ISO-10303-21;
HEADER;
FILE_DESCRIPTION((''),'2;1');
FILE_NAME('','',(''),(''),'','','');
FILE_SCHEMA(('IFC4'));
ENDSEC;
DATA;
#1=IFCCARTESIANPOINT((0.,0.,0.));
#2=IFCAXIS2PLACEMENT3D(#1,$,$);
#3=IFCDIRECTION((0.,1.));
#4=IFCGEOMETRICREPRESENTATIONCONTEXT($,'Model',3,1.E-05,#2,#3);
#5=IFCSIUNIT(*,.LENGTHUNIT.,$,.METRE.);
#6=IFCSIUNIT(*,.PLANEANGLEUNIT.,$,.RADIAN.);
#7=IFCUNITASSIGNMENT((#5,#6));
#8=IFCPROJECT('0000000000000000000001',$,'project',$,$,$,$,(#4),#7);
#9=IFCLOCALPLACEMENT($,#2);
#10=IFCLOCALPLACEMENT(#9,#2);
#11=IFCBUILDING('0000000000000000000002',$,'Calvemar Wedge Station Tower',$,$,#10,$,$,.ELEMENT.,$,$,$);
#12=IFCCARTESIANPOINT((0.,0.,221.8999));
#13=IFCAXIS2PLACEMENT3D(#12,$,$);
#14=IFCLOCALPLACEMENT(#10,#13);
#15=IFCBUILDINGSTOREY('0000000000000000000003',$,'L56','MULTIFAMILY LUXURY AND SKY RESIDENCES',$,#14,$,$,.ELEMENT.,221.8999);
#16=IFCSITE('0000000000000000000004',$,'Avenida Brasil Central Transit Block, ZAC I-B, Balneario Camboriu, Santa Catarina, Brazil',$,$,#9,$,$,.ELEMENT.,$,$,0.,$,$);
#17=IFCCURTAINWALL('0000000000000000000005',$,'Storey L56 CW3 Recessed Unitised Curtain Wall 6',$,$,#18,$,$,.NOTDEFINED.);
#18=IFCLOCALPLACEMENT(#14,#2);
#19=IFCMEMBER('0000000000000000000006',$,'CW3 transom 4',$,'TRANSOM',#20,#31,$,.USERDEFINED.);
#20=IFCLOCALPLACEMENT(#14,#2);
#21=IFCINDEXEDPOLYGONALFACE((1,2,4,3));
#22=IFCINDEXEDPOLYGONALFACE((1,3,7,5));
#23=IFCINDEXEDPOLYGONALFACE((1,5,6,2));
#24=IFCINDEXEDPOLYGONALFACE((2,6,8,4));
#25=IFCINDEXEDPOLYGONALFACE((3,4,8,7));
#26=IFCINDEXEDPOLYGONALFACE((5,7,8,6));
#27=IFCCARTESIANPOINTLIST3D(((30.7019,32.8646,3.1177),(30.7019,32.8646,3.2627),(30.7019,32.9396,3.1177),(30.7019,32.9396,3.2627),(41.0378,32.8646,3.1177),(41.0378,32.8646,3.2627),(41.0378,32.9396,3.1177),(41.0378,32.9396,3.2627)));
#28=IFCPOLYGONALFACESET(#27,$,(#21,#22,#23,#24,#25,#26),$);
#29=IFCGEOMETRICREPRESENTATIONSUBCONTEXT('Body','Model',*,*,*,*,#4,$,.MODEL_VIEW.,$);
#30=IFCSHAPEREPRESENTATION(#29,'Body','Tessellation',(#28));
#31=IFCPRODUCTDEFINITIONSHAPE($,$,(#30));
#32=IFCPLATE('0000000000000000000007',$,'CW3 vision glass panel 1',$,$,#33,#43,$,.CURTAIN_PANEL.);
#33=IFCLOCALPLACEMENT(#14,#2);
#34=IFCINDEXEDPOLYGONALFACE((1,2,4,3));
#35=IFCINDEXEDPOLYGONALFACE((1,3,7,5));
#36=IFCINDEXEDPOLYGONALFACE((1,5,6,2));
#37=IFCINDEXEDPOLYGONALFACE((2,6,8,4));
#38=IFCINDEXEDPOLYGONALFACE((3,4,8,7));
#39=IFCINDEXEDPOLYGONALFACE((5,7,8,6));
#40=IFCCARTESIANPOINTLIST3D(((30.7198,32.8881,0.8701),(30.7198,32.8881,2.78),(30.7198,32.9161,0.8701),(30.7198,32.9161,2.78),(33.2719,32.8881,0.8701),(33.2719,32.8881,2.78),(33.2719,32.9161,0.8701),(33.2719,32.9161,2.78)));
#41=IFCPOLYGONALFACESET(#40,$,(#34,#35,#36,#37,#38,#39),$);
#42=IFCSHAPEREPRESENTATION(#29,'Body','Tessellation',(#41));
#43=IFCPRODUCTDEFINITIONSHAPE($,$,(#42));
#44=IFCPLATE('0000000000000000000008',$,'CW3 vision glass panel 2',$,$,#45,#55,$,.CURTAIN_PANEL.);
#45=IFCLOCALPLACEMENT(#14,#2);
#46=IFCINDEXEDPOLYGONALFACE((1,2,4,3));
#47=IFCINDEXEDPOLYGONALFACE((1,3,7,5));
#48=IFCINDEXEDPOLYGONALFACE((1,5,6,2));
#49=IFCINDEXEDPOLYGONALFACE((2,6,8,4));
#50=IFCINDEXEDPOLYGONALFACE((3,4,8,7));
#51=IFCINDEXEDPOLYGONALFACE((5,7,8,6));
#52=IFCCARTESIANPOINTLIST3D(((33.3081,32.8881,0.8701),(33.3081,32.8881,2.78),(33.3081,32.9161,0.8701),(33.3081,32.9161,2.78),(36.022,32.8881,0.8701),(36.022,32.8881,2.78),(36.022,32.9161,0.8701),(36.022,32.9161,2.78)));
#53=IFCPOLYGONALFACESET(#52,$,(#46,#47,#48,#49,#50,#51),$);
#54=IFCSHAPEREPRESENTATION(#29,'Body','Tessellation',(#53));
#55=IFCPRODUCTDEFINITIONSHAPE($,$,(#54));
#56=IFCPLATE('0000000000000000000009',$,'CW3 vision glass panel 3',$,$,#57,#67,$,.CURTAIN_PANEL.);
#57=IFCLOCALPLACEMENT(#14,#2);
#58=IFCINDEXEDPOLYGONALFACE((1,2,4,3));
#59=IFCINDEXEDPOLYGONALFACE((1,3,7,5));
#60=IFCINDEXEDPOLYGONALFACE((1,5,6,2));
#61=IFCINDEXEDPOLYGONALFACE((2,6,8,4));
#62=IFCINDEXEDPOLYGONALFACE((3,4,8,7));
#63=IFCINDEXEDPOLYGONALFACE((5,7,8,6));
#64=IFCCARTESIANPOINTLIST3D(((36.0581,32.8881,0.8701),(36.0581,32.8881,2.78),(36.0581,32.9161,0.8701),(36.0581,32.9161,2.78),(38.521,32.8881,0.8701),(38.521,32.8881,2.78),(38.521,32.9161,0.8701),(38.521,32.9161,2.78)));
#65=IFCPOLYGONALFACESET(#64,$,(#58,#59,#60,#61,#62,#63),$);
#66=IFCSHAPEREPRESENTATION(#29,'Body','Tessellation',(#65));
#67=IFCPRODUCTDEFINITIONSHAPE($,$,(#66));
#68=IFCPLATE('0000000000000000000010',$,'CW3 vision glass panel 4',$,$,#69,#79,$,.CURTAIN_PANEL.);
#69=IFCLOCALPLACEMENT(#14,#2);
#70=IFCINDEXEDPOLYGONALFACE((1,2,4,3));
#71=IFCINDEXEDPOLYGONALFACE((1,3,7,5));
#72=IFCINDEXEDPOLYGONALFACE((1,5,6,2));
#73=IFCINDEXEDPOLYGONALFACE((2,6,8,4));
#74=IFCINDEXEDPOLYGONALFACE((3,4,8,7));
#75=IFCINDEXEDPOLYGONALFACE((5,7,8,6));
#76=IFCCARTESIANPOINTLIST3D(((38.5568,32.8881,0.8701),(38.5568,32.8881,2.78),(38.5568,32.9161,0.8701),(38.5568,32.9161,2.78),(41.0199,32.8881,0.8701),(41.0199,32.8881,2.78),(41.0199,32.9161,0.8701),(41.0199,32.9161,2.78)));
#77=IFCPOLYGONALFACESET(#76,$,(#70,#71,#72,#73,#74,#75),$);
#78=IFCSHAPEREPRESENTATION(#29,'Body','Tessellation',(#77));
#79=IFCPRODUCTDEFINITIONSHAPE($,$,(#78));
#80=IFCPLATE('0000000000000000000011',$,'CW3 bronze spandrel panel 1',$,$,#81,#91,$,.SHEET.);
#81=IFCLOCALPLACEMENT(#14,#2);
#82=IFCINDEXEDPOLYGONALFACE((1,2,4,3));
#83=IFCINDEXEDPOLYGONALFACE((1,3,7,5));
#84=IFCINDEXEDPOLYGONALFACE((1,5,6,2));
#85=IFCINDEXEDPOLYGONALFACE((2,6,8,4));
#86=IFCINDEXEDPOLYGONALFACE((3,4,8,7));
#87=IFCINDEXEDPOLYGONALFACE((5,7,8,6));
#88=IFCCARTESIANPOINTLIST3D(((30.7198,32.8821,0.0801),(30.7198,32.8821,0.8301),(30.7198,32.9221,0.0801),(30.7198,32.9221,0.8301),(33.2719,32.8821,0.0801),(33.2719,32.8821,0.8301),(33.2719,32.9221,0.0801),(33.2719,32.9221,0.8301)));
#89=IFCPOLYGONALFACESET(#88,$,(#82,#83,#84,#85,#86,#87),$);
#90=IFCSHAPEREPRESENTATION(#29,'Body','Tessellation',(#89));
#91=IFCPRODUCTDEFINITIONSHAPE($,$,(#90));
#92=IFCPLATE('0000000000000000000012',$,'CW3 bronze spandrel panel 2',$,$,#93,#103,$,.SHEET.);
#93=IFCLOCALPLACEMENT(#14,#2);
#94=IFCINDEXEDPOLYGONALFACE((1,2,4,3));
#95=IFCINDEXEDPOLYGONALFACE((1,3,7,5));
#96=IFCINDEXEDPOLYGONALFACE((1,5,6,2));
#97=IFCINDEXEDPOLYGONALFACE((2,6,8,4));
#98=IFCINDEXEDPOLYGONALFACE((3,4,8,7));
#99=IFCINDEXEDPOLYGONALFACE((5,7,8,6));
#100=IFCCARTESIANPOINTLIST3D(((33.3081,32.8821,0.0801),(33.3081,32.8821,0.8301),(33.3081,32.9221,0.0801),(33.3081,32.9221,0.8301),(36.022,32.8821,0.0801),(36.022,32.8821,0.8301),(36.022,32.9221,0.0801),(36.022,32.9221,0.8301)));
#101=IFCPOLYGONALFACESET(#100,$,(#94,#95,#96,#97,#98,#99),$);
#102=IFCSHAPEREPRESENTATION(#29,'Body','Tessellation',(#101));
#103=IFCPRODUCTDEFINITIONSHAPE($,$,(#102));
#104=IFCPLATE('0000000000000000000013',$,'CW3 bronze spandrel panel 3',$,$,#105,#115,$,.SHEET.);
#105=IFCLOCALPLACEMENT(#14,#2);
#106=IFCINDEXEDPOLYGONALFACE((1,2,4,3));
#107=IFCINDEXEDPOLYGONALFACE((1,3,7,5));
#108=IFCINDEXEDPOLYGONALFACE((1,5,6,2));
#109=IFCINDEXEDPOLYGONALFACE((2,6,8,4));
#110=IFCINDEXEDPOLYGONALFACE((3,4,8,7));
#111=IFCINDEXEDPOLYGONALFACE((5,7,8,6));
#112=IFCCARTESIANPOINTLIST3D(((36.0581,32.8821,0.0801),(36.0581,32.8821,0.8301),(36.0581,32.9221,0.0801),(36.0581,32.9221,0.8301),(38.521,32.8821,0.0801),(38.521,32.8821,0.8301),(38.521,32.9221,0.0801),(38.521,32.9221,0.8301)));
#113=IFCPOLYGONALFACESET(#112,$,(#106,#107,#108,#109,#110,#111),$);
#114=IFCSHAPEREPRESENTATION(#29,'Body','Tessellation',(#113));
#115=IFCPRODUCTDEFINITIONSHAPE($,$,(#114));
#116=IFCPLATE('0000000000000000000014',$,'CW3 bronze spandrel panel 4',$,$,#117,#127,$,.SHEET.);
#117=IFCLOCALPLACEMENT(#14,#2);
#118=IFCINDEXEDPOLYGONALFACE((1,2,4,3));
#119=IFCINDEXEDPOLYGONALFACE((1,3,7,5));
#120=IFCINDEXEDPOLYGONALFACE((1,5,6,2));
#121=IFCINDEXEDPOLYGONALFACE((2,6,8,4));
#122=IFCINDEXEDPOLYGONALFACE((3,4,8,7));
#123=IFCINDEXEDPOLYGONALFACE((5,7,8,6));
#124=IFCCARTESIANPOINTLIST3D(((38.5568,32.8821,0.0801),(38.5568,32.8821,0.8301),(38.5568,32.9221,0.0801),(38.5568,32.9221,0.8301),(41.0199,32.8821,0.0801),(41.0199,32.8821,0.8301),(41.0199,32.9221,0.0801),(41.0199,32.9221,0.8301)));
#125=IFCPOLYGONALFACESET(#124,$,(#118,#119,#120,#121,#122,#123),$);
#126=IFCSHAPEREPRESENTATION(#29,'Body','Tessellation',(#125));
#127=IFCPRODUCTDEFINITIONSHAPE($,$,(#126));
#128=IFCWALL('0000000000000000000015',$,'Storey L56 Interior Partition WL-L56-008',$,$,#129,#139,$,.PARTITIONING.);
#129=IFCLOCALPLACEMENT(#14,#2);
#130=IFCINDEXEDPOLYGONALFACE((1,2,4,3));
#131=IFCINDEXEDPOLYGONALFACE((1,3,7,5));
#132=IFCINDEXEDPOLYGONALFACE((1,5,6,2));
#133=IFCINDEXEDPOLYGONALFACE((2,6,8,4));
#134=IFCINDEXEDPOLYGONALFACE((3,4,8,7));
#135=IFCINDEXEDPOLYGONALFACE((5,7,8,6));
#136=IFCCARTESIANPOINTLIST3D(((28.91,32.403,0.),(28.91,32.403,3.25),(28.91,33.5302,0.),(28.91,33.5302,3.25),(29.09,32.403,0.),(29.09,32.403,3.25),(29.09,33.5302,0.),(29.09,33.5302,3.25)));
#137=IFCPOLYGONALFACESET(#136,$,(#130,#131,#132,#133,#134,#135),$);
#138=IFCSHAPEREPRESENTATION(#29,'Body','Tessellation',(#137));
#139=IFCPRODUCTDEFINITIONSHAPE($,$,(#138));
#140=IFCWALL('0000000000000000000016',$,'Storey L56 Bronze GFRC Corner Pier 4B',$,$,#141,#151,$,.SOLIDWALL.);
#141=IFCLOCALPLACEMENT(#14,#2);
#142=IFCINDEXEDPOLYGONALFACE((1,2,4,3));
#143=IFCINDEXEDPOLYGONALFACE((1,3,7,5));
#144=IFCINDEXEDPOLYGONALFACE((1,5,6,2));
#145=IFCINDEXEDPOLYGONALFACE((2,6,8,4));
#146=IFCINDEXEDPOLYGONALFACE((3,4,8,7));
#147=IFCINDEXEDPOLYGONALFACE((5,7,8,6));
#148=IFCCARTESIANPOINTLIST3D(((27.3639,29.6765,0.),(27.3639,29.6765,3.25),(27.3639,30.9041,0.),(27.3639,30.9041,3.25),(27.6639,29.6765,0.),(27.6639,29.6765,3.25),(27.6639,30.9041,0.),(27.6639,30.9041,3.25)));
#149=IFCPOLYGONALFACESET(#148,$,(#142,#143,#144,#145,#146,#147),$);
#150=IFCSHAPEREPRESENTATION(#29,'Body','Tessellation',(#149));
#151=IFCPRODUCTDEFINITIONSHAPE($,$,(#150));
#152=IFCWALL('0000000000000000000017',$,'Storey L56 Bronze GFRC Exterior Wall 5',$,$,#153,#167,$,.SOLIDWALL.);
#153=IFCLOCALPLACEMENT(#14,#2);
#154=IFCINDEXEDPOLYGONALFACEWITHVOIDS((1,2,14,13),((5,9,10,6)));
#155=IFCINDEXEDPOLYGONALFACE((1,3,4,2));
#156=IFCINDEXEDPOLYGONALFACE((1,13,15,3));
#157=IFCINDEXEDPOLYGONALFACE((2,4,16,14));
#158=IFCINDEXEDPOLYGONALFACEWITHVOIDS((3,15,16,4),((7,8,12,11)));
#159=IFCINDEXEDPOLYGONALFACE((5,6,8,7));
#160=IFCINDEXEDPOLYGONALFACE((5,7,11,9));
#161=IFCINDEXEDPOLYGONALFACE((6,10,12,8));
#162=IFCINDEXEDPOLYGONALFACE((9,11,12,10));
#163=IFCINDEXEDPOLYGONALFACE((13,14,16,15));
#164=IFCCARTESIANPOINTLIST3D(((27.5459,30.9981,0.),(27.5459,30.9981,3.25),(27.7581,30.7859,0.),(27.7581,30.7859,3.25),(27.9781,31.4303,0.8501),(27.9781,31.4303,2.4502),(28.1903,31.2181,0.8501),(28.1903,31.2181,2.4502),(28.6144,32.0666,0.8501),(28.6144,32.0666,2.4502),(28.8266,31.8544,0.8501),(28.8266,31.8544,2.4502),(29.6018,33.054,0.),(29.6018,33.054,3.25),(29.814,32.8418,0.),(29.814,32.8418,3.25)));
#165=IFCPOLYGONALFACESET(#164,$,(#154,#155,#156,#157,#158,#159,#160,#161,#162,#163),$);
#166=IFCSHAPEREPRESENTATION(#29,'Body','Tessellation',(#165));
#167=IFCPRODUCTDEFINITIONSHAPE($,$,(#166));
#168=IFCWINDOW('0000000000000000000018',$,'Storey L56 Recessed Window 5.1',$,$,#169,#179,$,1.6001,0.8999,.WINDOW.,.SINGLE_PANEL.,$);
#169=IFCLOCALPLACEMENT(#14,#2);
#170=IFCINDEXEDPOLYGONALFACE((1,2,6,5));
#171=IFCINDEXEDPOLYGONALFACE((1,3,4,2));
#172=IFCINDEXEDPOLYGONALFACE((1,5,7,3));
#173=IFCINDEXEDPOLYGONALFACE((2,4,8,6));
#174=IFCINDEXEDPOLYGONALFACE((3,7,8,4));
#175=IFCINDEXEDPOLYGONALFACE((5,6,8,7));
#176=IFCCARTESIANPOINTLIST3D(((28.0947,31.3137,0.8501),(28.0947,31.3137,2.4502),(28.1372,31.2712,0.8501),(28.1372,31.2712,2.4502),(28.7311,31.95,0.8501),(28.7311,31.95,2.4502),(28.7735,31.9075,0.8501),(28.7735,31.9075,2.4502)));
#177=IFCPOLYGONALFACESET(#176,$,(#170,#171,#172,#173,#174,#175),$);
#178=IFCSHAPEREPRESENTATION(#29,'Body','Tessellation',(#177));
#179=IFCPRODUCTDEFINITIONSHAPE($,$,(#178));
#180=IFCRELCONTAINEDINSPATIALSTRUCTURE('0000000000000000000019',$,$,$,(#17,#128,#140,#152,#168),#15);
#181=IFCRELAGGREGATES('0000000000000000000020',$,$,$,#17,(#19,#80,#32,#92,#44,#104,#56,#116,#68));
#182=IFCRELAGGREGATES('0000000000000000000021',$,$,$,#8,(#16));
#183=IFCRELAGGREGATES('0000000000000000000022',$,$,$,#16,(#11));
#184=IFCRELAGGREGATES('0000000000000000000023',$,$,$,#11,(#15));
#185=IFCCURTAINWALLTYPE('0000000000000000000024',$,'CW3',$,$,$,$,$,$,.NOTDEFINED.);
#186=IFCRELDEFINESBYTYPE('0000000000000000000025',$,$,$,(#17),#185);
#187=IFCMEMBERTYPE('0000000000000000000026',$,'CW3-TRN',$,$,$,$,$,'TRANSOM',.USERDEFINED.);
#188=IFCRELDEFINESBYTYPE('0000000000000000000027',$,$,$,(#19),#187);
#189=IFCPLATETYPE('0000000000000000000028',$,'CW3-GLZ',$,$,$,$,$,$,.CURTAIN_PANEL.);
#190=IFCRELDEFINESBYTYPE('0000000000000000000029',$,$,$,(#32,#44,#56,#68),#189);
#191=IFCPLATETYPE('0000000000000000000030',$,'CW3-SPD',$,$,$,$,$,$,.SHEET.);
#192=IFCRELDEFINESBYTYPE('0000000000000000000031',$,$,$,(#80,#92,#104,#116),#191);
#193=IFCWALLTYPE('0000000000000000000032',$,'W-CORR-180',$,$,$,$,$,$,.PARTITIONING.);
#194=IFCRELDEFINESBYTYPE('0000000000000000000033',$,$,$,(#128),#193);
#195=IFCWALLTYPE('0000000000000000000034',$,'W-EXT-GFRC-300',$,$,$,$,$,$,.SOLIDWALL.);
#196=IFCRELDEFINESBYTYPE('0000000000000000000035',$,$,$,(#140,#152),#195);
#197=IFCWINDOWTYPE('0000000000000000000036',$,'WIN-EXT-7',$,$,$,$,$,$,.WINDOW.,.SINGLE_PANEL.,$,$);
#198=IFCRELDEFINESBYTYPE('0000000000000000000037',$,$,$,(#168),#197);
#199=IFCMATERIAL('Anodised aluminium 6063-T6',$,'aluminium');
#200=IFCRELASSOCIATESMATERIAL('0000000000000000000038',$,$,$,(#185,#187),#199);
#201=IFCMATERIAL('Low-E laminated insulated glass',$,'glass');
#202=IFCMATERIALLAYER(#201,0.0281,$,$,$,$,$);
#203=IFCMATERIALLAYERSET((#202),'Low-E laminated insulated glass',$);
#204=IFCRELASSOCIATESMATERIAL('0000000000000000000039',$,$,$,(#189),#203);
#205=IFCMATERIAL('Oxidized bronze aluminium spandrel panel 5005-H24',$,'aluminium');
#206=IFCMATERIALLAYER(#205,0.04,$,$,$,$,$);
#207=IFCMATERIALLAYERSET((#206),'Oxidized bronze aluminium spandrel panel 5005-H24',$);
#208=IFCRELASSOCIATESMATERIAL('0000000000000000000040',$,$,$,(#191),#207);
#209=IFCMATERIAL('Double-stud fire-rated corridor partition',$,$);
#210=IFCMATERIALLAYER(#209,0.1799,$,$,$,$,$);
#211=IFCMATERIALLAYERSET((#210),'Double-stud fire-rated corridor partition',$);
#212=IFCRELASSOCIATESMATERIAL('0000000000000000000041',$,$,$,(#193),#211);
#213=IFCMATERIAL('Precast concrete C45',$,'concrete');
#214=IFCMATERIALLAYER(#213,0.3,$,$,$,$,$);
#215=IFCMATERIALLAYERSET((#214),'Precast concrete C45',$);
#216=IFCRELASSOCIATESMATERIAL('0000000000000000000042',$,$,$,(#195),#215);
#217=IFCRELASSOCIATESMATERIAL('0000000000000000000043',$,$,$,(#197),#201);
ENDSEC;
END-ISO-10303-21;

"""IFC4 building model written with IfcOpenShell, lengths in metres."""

from ifc_helpers import new_model, si_unit, direction, frame, frame_2d, origin, origin_2d, place, context, subcontext, project, spatial, rectangle, extrude, source, transform, mapped, material, layer, layer_set, material_profile, profile_set, type_object, element, fill, aggregate, save


model = new_model("IFC4")

# Units and contexts
model_context = context("Model", 3, precision=1e-05, world=origin(), true_north=direction((0.0, 1.0)))
body_context = subcontext(model_context, "Body", "Model", "MODEL_VIEW")
ifc_project = project(units=[si_unit("LENGTHUNIT", "METRE"), si_unit("PLANEANGLEUNIT", "RADIAN")], contexts=[model_context])

# Site, building, storey
site_placement = place(None, origin())
site = spatial("IfcSite", under=ifc_project, at=site_placement, Name="Avenida Brasil Central Transit Block, ZAC I-B, Balneario Camboriu, Santa Catarina, Brazil", CompositionType="ELEMENT", RefElevation=0.0)
building_placement = place(site_placement, origin())
building = spatial("IfcBuilding", under=site, at=building_placement, Name="Calvemar Wedge Station Tower", CompositionType="ELEMENT")
storey_placement = place(building_placement, frame((0.0, 0.0, 221.8999)))
storey = spatial("IfcBuildingStorey", under=building, at=storey_placement, Name="L56", Description="MULTIFAMILY LUXURY AND SKY RESIDENCES", CompositionType="ELEMENT", Elevation=221.8999)

# Shared definitions
ifc_material_1 = material(Name="Anodised aluminium 6063-T6", Category="aluminium")
curtain_wall_type = type_object("IfcCurtainWallType", Name="CW3", PredefinedType="NOTDEFINED", material=ifc_material_1)

# Curtain wall, member, plates
curtain_wall_1_placement = place(storey_placement, origin())
curtain_wall_1 = element("IfcCurtainWall", 1, at=curtain_wall_1_placement, inside=storey, type_object=curtain_wall_type, Name="Storey L56 CW3 Recessed Unitised Curtain Wall 6", PredefinedType="NOTDEFINED")
ifc_material_profile_1 = material_profile(ifc_material_1, rectangle(XDim=0.075, YDim=0.145, at=origin_2d()), Name="AL-TRN-75x145")
ifc_profile_set_1 = profile_set([ifc_material_profile_1], Name="Anodised aluminium 6063-T6")
member_type_1 = type_object("IfcMemberType", Name="CW3-TRN", ElementType="TRANSOM", PredefinedType="USERDEFINED", material=ifc_profile_set_1)
shared_shape_1 = source(origin(), body_context, "Body", "SweptSolid", [
    extrude(rectangle(XDim=0.075, YDim=0.145, at=origin_2d()), origin(), (0.0, 0.0, 1.0), 10.3359),
])
member_1_placement = place(storey_placement, frame((30.7019, 32.9021, 3.1902), z_axis=(1.0, 0.0, 0.0), x_axis=(0.0, 1.0, 0.0)))
member_1 = element("IfcMember", 2, at=member_1_placement, type_object=member_type_1, Name="CW3 transom 4", ObjectType="TRANSOM", PredefinedType="USERDEFINED", context=body_context, shape_type="MappedRepresentation", body=[
    mapped(shared_shape_1, transform((0.0, 0.0, 0.0), scale=1.0)),
])
ifc_material_2 = material(Name="Low-E laminated insulated glass", Category="glass")
ifc_layer_1 = layer(ifc_material_2, 0.0281)
ifc_layer_set_1 = layer_set([ifc_layer_1], Name="Low-E laminated insulated glass")
plate_type_1 = type_object("IfcPlateType", Name="CW3-GLZ", PredefinedType="CURTAIN_PANEL", material=ifc_layer_set_1)
plate_1_placement = place(storey_placement, frame((30.72, 32.9021, 0.8701), z_axis=(0.0, 0.0, 1.0), x_axis=(1.0, 0.0, 0.0)))
plate_1 = element("IfcPlate", 3, at=plate_1_placement, type_object=plate_type_1, Name="CW3 vision glass panel 1", PredefinedType="CURTAIN_PANEL", context=body_context, shape_type="SweptSolid", body=[
    extrude(rectangle(XDim=2.552, YDim=0.0281, at=frame_2d((1.2759, 0.0))), origin(), (0.0, 0.0, 1.0), 1.9099),
])
plate_2_placement = place(storey_placement, frame((33.3081, 32.9021, 0.8701), z_axis=(0.0, 0.0, 1.0), x_axis=(1.0, 0.0, 0.0)))
plate_2 = element("IfcPlate", 4, at=plate_2_placement, type_object=plate_type_1, Name="CW3 vision glass panel 2", PredefinedType="CURTAIN_PANEL", context=body_context, shape_type="SweptSolid", body=[
    extrude(rectangle(XDim=2.7139, YDim=0.0281, at=frame_2d((1.3569, 0.0))), origin(), (0.0, 0.0, 1.0), 1.9099),
])
plate_3_placement = place(storey_placement, frame((36.0581, 32.9021, 0.8701), z_axis=(0.0, 0.0, 1.0), x_axis=(1.0, 0.0, 0.0)))
plate_3 = element("IfcPlate", 5, at=plate_3_placement, type_object=plate_type_1, Name="CW3 vision glass panel 3", PredefinedType="CURTAIN_PANEL", context=body_context, shape_type="SweptSolid", body=[
    extrude(rectangle(XDim=2.4629, YDim=0.0281, at=frame_2d((1.2314, 0.0))), origin(), (0.0, 0.0, 1.0), 1.9099),
])
plate_4_placement = place(storey_placement, frame((38.5569, 32.9021, 0.8701), z_axis=(0.0, 0.0, 1.0), x_axis=(1.0, 0.0, 0.0)))
plate_4 = element("IfcPlate", 6, at=plate_4_placement, type_object=plate_type_1, Name="CW3 vision glass panel 4", PredefinedType="CURTAIN_PANEL", context=body_context, shape_type="SweptSolid", body=[
    extrude(rectangle(XDim=2.4631, YDim=0.0281, at=frame_2d((1.2314, 0.0))), origin(), (0.0, 0.0, 1.0), 1.9099),
])
ifc_material_3 = material(Name="Oxidized bronze aluminium spandrel panel 5005-H24", Category="aluminium")
ifc_layer_2 = layer(ifc_material_3, 0.04)
ifc_layer_set_2 = layer_set([ifc_layer_2], Name="Oxidized bronze aluminium spandrel panel 5005-H24")
plate_type_2 = type_object("IfcPlateType", Name="CW3-SPD", PredefinedType="SHEET", material=ifc_layer_set_2)
plate_5_placement = place(storey_placement, frame((30.72, 32.9021, 0.0801), z_axis=(0.0, 0.0, 1.0), x_axis=(1.0, 0.0, 0.0)))
plate_5 = element("IfcPlate", 7, at=plate_5_placement, type_object=plate_type_2, Name="CW3 bronze spandrel panel 1", PredefinedType="SHEET", context=body_context, shape_type="SweptSolid", body=[
    extrude(rectangle(XDim=2.552, YDim=0.04, at=frame_2d((1.2759, 0.0))), origin(), (0.0, 0.0, 1.0), 0.75),
])
plate_6_placement = place(storey_placement, frame((33.3081, 32.9021, 0.0801), z_axis=(0.0, 0.0, 1.0), x_axis=(1.0, 0.0, 0.0)))
plate_6 = element("IfcPlate", 8, at=plate_6_placement, type_object=plate_type_2, Name="CW3 bronze spandrel panel 2", PredefinedType="SHEET", context=body_context, shape_type="SweptSolid", body=[
    extrude(rectangle(XDim=2.7139, YDim=0.04, at=frame_2d((1.3569, 0.0))), origin(), (0.0, 0.0, 1.0), 0.75),
])
plate_7_placement = place(storey_placement, frame((36.0581, 32.9021, 0.0801), z_axis=(0.0, 0.0, 1.0), x_axis=(1.0, 0.0, 0.0)))
plate_7 = element("IfcPlate", 9, at=plate_7_placement, type_object=plate_type_2, Name="CW3 bronze spandrel panel 3", PredefinedType="SHEET", context=body_context, shape_type="SweptSolid", body=[
    extrude(rectangle(XDim=2.4629, YDim=0.04, at=frame_2d((1.2314, 0.0))), origin(), (0.0, 0.0, 1.0), 0.75),
])
plate_8_placement = place(storey_placement, frame((38.5569, 32.9021, 0.0801), z_axis=(0.0, 0.0, 1.0), x_axis=(1.0, 0.0, 0.0)))
plate_8 = element("IfcPlate", 10, at=plate_8_placement, type_object=plate_type_2, Name="CW3 bronze spandrel panel 4", PredefinedType="SHEET", context=body_context, shape_type="SweptSolid", body=[
    extrude(rectangle(XDim=2.4631, YDim=0.04, at=frame_2d((1.2314, 0.0))), origin(), (0.0, 0.0, 1.0), 0.75),
])
aggregate(curtain_wall_1, [member_1, plate_5, plate_1, plate_6, plate_2, plate_7, plate_3, plate_8, plate_4])

# Walls
ifc_material_4 = material(Name="Double-stud fire-rated corridor partition")
ifc_layer_3 = layer(ifc_material_4, 0.1799)
ifc_layer_set_3 = layer_set([ifc_layer_3], Name="Double-stud fire-rated corridor partition")
wall_type_1 = type_object("IfcWallType", Name="W-CORR-180", PredefinedType="PARTITIONING", material=ifc_layer_set_3)
wall_1_placement = place(storey_placement, frame((29.0, 33.53, 0.0), z_axis=(0.0, 0.0, 1.0), x_axis=(0.0, -1.0, 0.0)))
element("IfcWall", 11, at=wall_1_placement, inside=storey, type_object=wall_type_1, Name="Storey L56 Interior Partition WL-L56-008", PredefinedType="PARTITIONING", context=body_context, shape_type="SweptSolid", body=[
    extrude(rectangle(XDim=1.1272, YDim=0.1799, at=frame_2d((0.5635, 0.0))), origin(), (0.0, 0.0, 1.0), 3.25),
])
ifc_material_5 = material(Name="Precast concrete C45", Category="concrete")
ifc_layer_4 = layer(ifc_material_5, 0.3)
ifc_layer_set_4 = layer_set([ifc_layer_4], Name="Precast concrete C45")
wall_type_2 = type_object("IfcWallType", Name="W-EXT-GFRC-300", PredefinedType="SOLIDWALL", material=ifc_layer_set_4)
wall_2_placement = place(storey_placement, frame((27.5139, 29.6765, 0.0), z_axis=(0.0, 0.0, 1.0), x_axis=(0.0, 1.0, 0.0)))
element("IfcWall", 12, at=wall_2_placement, inside=storey, type_object=wall_type_2, Name="Storey L56 Bronze GFRC Corner Pier 4B", PredefinedType="SOLIDWALL", context=body_context, shape_type="SweptSolid", body=[
    extrude(rectangle(XDim=1.2275, YDim=0.3, at=frame_2d((0.6138, 0.0))), origin(), (0.0, 0.0, 1.0), 3.25),
])

# Wall, opening, window
wall_3_placement = place(storey_placement, frame((27.6521, 30.8921, 0.0), z_axis=(0.0, 0.0, 1.0), x_axis=(0.707107, 0.707107, 0.0)))
wall_3 = element("IfcWall", 13, at=wall_3_placement, inside=storey, type_object=wall_type_2, Name="Storey L56 Bronze GFRC Exterior Wall 5", PredefinedType="SOLIDWALL", context=body_context, shape_type="SweptSolid", body=[
    extrude(rectangle(XDim=2.9075, YDim=0.3, at=frame_2d((1.4536, 0.0))), origin(), (0.0, 0.0, 1.0), 3.25),
])
shared_shape_2 = source(origin(), body_context, "Body", "SweptSolid", [
    extrude(rectangle(XDim=0.8999, YDim=1.6001, at=frame_2d((0.45, 0.8))), frame((0.0, 0.1602, 0.0), z_axis=(0.0, -1.0, 0.0), x_axis=(1.0, 0.0, 0.0)), (0.0, 0.0, 1.0), 0.3201),
])
opening_1_placement = place(wall_3_placement, frame((0.6111, 0.0, 0.8501)))
opening_1 = element("IfcOpeningElement", 14, at=opening_1_placement, cuts=wall_3, PredefinedType="OPENING", context=body_context, shape_type="MappedRepresentation", body=[
    mapped(shared_shape_2, transform((0.0, 0.0, 0.0), scale=1.0)),
])
window_type_1 = type_object("IfcWindowType", Name="WIN-EXT-7", PartitioningType="SINGLE_PANEL", PredefinedType="WINDOW", material=ifc_material_2)
shared_shape_3 = source(origin(), body_context, "Body", "SweptSolid", [
    extrude(rectangle(XDim=0.8999, YDim=1.6001, at=frame_2d((0.45, 0.8))), frame((0.0, -0.0149, 0.0), z_axis=(0.0, -1.0, 0.0), x_axis=(1.0, 0.0, 0.0)), (0.0, 0.0, 1.0), 0.0601),
])
window_1_placement = place(opening_1_placement, origin())
window_1 = element("IfcWindow", 15, at=window_1_placement, inside=storey, type_object=window_type_1, Name="Storey L56 Recessed Window 5.1", OverallHeight=1.6001, OverallWidth=0.8999, PartitioningType="SINGLE_PANEL", PredefinedType="WINDOW", context=body_context, shape_type="MappedRepresentation", body=[
    mapped(shared_shape_3, transform((0.0, 0.0, 0.0), scale=1.0)),
])
fill(opening_1, window_1)

save(model, "model.ifc")
